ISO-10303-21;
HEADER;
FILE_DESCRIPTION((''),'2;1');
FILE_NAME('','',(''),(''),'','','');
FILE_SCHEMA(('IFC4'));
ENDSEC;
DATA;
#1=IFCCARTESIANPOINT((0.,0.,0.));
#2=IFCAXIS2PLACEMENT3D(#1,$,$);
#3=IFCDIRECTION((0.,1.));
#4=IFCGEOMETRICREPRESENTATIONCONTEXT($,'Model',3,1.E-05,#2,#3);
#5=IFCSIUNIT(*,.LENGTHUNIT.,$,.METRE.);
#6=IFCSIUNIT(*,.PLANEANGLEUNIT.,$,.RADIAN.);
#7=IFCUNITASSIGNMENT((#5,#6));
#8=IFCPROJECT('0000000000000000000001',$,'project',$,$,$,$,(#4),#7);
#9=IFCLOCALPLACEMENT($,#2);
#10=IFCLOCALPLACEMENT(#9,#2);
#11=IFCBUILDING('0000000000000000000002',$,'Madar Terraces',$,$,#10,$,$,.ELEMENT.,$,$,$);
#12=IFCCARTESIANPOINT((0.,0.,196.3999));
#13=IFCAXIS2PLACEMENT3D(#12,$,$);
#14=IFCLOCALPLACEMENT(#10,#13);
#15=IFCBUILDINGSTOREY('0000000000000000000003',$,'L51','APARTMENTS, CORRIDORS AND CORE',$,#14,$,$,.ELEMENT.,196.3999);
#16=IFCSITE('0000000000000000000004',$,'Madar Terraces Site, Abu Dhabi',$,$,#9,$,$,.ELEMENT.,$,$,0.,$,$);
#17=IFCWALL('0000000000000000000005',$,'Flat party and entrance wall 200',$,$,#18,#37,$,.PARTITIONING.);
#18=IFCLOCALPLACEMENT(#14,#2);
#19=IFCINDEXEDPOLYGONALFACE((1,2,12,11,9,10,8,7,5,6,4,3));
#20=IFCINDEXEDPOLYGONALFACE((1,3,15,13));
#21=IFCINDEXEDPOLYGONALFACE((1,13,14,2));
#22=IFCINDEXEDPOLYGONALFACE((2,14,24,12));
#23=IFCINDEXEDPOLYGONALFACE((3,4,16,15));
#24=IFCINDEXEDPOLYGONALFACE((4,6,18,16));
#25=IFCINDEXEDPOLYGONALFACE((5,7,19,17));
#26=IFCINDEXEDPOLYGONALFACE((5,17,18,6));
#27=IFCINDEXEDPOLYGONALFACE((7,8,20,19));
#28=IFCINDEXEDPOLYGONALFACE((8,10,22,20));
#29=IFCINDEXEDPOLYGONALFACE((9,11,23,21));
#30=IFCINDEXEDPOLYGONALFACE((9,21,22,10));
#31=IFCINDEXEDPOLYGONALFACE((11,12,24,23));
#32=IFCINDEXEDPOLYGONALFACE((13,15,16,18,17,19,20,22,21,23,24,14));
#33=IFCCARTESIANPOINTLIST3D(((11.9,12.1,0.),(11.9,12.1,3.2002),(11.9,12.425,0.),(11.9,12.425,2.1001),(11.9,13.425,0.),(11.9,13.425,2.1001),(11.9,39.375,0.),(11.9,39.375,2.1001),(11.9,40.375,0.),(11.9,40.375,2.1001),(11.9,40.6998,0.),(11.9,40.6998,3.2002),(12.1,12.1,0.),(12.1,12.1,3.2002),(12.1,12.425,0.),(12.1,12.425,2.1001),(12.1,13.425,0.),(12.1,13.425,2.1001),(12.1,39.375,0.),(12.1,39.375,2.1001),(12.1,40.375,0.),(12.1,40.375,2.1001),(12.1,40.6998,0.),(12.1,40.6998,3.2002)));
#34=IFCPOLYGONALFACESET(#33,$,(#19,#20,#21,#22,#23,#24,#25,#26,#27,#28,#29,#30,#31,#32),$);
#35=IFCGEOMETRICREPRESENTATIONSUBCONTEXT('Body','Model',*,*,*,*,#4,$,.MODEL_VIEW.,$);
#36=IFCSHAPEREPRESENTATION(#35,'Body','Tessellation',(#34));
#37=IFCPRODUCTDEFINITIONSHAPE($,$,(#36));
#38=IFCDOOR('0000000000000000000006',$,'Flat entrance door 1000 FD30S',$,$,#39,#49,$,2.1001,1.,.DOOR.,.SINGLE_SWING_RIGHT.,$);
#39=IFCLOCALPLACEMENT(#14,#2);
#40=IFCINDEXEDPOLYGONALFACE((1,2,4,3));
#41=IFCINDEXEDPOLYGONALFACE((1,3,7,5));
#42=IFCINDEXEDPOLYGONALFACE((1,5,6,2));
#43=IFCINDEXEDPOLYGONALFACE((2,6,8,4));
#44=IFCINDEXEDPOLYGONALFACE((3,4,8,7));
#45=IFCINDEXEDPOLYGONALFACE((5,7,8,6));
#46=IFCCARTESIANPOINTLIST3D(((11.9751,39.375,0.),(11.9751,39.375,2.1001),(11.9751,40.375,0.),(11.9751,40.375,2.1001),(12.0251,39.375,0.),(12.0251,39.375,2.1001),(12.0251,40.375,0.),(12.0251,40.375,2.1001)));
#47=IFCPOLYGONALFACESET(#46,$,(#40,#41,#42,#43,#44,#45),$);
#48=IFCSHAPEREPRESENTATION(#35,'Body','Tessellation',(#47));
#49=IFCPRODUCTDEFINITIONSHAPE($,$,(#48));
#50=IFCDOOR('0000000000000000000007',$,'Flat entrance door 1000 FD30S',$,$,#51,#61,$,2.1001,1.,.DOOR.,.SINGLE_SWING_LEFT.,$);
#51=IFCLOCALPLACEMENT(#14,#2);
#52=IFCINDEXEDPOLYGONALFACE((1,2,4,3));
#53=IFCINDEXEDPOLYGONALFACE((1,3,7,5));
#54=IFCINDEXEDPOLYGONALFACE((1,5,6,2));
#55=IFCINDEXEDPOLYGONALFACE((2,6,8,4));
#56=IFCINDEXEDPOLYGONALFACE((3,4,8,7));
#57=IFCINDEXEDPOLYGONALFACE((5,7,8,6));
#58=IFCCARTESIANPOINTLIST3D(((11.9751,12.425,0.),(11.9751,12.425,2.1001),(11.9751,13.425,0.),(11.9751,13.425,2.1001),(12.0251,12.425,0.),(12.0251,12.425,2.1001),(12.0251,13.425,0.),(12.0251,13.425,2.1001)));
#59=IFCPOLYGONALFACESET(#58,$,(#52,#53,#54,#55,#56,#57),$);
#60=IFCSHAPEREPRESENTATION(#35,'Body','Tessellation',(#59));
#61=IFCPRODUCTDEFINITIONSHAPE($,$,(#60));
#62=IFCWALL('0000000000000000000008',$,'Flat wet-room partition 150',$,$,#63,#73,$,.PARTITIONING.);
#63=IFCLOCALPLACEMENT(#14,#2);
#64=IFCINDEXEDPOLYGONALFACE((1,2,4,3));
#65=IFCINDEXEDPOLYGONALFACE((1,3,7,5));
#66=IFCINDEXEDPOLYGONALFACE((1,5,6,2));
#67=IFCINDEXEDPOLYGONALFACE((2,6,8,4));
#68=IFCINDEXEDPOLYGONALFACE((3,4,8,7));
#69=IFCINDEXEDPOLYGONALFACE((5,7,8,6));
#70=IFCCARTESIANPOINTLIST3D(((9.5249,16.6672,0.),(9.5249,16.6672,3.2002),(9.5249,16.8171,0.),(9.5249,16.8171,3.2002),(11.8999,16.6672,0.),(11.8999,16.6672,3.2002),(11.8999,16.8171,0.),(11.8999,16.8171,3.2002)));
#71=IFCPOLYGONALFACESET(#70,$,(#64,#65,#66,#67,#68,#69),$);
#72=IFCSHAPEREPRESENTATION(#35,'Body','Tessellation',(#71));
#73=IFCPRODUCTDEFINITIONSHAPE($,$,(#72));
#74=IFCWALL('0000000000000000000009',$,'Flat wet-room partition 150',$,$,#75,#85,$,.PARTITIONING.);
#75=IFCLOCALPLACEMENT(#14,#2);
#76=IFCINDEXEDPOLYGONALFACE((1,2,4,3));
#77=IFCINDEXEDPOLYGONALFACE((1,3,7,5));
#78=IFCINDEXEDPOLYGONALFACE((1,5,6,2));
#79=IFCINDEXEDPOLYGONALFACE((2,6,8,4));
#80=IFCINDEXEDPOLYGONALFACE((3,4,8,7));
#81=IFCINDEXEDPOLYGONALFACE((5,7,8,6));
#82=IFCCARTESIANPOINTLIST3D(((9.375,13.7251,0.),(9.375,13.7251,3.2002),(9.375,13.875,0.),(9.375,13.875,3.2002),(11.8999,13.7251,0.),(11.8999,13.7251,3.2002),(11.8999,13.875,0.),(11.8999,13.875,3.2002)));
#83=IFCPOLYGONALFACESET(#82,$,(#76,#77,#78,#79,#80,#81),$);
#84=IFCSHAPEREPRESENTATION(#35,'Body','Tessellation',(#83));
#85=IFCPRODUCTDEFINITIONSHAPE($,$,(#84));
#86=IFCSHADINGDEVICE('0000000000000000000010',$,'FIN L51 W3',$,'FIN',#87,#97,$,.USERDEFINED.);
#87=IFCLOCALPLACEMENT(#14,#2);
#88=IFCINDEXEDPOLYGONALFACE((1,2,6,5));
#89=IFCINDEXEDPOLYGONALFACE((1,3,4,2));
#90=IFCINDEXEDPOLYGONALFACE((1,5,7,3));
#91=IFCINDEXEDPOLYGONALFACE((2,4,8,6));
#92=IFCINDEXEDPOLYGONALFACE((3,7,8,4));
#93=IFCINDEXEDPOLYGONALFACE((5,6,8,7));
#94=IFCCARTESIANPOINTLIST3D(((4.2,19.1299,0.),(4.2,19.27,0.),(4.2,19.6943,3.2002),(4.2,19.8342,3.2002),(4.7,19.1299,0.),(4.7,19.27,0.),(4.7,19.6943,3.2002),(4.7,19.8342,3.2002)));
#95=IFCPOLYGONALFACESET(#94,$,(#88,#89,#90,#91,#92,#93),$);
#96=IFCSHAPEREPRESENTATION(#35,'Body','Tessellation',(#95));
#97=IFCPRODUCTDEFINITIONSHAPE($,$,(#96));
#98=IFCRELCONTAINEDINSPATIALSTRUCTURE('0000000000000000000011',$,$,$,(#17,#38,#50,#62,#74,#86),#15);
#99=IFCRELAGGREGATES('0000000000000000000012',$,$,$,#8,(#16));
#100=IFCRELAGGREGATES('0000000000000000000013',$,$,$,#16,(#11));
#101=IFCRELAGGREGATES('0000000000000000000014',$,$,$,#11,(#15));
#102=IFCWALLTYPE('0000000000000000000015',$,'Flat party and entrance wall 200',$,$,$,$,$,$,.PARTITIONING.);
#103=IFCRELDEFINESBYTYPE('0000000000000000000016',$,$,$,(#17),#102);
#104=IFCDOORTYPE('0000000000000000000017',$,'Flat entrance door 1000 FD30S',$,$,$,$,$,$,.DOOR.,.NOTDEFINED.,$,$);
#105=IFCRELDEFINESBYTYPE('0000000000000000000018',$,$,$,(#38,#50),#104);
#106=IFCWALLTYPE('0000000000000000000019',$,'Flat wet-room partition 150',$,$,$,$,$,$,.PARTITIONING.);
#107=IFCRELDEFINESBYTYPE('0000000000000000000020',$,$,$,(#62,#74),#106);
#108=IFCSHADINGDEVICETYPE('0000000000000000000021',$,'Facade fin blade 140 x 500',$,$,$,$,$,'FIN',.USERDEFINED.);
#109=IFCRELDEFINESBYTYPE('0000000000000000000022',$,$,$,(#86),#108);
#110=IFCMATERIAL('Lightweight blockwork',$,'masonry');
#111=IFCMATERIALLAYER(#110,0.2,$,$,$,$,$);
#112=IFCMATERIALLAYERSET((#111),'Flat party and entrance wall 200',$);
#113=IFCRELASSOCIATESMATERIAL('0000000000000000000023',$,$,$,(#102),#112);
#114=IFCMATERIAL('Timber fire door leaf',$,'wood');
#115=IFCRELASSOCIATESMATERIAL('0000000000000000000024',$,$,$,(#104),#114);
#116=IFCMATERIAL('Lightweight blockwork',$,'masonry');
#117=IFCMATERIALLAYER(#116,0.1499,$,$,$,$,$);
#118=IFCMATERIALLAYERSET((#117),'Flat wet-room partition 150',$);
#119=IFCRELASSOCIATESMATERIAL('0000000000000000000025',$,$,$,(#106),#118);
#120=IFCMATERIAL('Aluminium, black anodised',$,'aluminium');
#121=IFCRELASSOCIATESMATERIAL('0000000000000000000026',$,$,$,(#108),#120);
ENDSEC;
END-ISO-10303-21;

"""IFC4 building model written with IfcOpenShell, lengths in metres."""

from ifc_helpers import new_model, si_unit, direction, frame, frame_2d, origin, place, context, subcontext, project, spatial, polyline, rectangle, outline, extrude, material, layer, layer_set, type_object, element, fill, save


model = new_model("IFC4")

# Units and contexts
model_context = context("Model", 3, precision=1e-05, world=origin(), true_north=direction((0.0, 1.0)))
body_context = subcontext(model_context, "Body", "Model", "MODEL_VIEW")
ifc_project = project(units=[si_unit("LENGTHUNIT", "METRE"), si_unit("PLANEANGLEUNIT", "RADIAN")], contexts=[model_context])

# Site, building, storey
site_placement = place(None, origin())
site = spatial("IfcSite", under=ifc_project, at=site_placement, Name="Madar Terraces Site, Abu Dhabi", CompositionType="ELEMENT", RefElevation=0.0)
building_placement = place(site_placement, origin())
building = spatial("IfcBuilding", under=site, at=building_placement, Name="Madar Terraces", CompositionType="ELEMENT")
storey_placement = place(building_placement, frame((0.0, 0.0, 196.3999)))
storey = spatial("IfcBuildingStorey", under=building, at=storey_placement, Name="L51", Description="APARTMENTS, CORRIDORS AND CORE", CompositionType="ELEMENT", Elevation=196.3999)

# Wall, openings, doors
ifc_material_1 = material(Name="Lightweight blockwork", Category="masonry")
ifc_layer_1 = layer(ifc_material_1, 0.2)
ifc_layer_set_1 = layer_set([ifc_layer_1], Name="Flat party and entrance wall 200")
wall_type_1 = type_object("IfcWallType", Name="Flat party and entrance wall 200", PredefinedType="PARTITIONING", material=ifc_layer_set_1)
wall_1_placement = place(storey_placement, frame((12.0, 12.1001, 0.0), z_axis=(0.0, 0.0, 1.0), x_axis=(0.0, 1.0, 0.0)))
wall_1 = element("IfcWall", 1, at=wall_1_placement, inside=storey, type_object=wall_type_1, Name="Flat party and entrance wall 200", PredefinedType="PARTITIONING", context=body_context, shape_type="SweptSolid", body=[
    extrude(rectangle(XDim=28.5999, YDim=0.2, at=frame_2d((14.2998, 0.0))), origin(), (0.0, 0.0, 1.0), 3.2002),
])
opening_1_placement = place(wall_1_placement, frame((27.2749, 0.0, 0.0)))
opening_1 = element("IfcOpeningElement", 2, at=opening_1_placement, cuts=wall_1, PredefinedType="OPENING", context=body_context, shape_type="SweptSolid", body=[
    extrude(rectangle(XDim=1.0, YDim=2.1001, at=frame_2d((0.5, 1.05))), frame((0.0, 0.1099, 0.0), z_axis=(0.0, -1.0, 0.0), x_axis=(1.0, 0.0, 0.0)), (0.0, 0.0, 1.0), 0.22),
])
opening_2_placement = place(wall_1_placement, frame((0.325, 0.0, 0.0)))
opening_2 = element("IfcOpeningElement", 3, at=opening_2_placement, cuts=wall_1, PredefinedType="OPENING", context=body_context, shape_type="SweptSolid", body=[
    extrude(rectangle(XDim=1.0, YDim=2.1001, at=frame_2d((0.5, 1.05))), frame((0.0, 0.1099, 0.0), z_axis=(0.0, -1.0, 0.0), x_axis=(1.0, 0.0, 0.0)), (0.0, 0.0, 1.0), 0.22),
])
ifc_material_2 = material(Name="Timber fire door leaf", Category="wood")
door_type_1 = type_object("IfcDoorType", Name="Flat entrance door 1000 FD30S", OperationType="NOTDEFINED", PredefinedType="DOOR", material=ifc_material_2)
door_1_placement = place(opening_1_placement, origin())
door_1 = element("IfcDoor", 4, at=door_1_placement, inside=storey, type_object=door_type_1, Name="Flat entrance door 1000 FD30S", OperationType="SINGLE_SWING_RIGHT", OverallHeight=2.1001, OverallWidth=1.0, PredefinedType="DOOR", context=body_context, shape_type="SweptSolid", body=[
    extrude(rectangle(XDim=1.0, YDim=2.1001, at=frame_2d((0.5, 1.05))), frame((0.0, 0.0249, 0.0), z_axis=(0.0, -1.0, 0.0), x_axis=(1.0, 0.0, 0.0)), (0.0, 0.0, 1.0), 0.05),
])
fill(opening_1, door_1)
door_2_placement = place(opening_2_placement, origin())
door_2 = element("IfcDoor", 5, at=door_2_placement, inside=storey, type_object=door_type_1, Name="Flat entrance door 1000 FD30S", OperationType="SINGLE_SWING_LEFT", OverallHeight=2.1001, OverallWidth=1.0, PredefinedType="DOOR", context=body_context, shape_type="SweptSolid", body=[
    extrude(rectangle(XDim=1.0, YDim=2.1001, at=frame_2d((0.5, 1.05))), frame((0.0, 0.0249, 0.0), z_axis=(0.0, -1.0, 0.0), x_axis=(1.0, 0.0, 0.0)), (0.0, 0.0, 1.0), 0.05),
])
fill(opening_2, door_2)

# Walls
ifc_material_3 = material(Name="Lightweight blockwork", Category="masonry")
ifc_layer_2 = layer(ifc_material_3, 0.1499)
ifc_layer_set_2 = layer_set([ifc_layer_2], Name="Flat wet-room partition 150")
wall_type_2 = type_object("IfcWallType", Name="Flat wet-room partition 150", PredefinedType="PARTITIONING", material=ifc_layer_set_2)
wall_2_placement = place(storey_placement, frame((11.8999, 16.7422, 0.0), z_axis=(0.0, 0.0, 1.0), x_axis=(-1.0, 0.0, 0.0)))
element("IfcWall", 6, at=wall_2_placement, inside=storey, type_object=wall_type_2, Name="Flat wet-room partition 150", PredefinedType="PARTITIONING", context=body_context, shape_type="SweptSolid", body=[
    extrude(rectangle(XDim=2.375, YDim=0.1499, at=frame_2d((1.1875, 0.0))), origin(), (0.0, 0.0, 1.0), 3.2002),
])
wall_3_placement = place(storey_placement, frame((11.8999, 13.8, 0.0), z_axis=(0.0, 0.0, 1.0), x_axis=(-1.0, 0.0, 0.0)))
element("IfcWall", 7, at=wall_3_placement, inside=storey, type_object=wall_type_2, Name="Flat wet-room partition 150", PredefinedType="PARTITIONING", context=body_context, shape_type="SweptSolid", body=[
    extrude(rectangle(XDim=2.5249, YDim=0.1499, at=frame_2d((1.2625, 0.0))), origin(), (0.0, 0.0, 1.0), 3.2002),
])

# Shading device
ifc_material_4 = material(Name="Aluminium, black anodised", Category="aluminium")
shading_device_type = type_object("IfcShadingDeviceType", Name="Facade fin blade 140 x 500", ElementType="FIN", PredefinedType="USERDEFINED", material=ifc_material_4)
shading_device_placement = place(storey_placement, frame((4.45, 19.27, 0.0), z_axis=(0.0, 0.0, 1.0), x_axis=(0.0, -1.0, 0.0)))
element("IfcShadingDevice", 8, at=shading_device_placement, inside=storey, type_object=shading_device_type, Name="FIN L51 W3", ObjectType="FIN", PredefinedType="USERDEFINED", context=body_context, shape_type="SweptSolid", body=[
    extrude(outline(polyline([(0.0, 0.0), (0.1401, 0.0), (-0.4243, 3.2002), (-0.5642, 3.2002), (0.0, 0.0)])), frame((0.0, 0.25, 0.0), z_axis=(0.0, -1.0, 0.0), x_axis=(1.0, 0.0, 0.0)), (0.0, 0.0, 1.0), 0.5),
])

save(model, "model.ifc")
